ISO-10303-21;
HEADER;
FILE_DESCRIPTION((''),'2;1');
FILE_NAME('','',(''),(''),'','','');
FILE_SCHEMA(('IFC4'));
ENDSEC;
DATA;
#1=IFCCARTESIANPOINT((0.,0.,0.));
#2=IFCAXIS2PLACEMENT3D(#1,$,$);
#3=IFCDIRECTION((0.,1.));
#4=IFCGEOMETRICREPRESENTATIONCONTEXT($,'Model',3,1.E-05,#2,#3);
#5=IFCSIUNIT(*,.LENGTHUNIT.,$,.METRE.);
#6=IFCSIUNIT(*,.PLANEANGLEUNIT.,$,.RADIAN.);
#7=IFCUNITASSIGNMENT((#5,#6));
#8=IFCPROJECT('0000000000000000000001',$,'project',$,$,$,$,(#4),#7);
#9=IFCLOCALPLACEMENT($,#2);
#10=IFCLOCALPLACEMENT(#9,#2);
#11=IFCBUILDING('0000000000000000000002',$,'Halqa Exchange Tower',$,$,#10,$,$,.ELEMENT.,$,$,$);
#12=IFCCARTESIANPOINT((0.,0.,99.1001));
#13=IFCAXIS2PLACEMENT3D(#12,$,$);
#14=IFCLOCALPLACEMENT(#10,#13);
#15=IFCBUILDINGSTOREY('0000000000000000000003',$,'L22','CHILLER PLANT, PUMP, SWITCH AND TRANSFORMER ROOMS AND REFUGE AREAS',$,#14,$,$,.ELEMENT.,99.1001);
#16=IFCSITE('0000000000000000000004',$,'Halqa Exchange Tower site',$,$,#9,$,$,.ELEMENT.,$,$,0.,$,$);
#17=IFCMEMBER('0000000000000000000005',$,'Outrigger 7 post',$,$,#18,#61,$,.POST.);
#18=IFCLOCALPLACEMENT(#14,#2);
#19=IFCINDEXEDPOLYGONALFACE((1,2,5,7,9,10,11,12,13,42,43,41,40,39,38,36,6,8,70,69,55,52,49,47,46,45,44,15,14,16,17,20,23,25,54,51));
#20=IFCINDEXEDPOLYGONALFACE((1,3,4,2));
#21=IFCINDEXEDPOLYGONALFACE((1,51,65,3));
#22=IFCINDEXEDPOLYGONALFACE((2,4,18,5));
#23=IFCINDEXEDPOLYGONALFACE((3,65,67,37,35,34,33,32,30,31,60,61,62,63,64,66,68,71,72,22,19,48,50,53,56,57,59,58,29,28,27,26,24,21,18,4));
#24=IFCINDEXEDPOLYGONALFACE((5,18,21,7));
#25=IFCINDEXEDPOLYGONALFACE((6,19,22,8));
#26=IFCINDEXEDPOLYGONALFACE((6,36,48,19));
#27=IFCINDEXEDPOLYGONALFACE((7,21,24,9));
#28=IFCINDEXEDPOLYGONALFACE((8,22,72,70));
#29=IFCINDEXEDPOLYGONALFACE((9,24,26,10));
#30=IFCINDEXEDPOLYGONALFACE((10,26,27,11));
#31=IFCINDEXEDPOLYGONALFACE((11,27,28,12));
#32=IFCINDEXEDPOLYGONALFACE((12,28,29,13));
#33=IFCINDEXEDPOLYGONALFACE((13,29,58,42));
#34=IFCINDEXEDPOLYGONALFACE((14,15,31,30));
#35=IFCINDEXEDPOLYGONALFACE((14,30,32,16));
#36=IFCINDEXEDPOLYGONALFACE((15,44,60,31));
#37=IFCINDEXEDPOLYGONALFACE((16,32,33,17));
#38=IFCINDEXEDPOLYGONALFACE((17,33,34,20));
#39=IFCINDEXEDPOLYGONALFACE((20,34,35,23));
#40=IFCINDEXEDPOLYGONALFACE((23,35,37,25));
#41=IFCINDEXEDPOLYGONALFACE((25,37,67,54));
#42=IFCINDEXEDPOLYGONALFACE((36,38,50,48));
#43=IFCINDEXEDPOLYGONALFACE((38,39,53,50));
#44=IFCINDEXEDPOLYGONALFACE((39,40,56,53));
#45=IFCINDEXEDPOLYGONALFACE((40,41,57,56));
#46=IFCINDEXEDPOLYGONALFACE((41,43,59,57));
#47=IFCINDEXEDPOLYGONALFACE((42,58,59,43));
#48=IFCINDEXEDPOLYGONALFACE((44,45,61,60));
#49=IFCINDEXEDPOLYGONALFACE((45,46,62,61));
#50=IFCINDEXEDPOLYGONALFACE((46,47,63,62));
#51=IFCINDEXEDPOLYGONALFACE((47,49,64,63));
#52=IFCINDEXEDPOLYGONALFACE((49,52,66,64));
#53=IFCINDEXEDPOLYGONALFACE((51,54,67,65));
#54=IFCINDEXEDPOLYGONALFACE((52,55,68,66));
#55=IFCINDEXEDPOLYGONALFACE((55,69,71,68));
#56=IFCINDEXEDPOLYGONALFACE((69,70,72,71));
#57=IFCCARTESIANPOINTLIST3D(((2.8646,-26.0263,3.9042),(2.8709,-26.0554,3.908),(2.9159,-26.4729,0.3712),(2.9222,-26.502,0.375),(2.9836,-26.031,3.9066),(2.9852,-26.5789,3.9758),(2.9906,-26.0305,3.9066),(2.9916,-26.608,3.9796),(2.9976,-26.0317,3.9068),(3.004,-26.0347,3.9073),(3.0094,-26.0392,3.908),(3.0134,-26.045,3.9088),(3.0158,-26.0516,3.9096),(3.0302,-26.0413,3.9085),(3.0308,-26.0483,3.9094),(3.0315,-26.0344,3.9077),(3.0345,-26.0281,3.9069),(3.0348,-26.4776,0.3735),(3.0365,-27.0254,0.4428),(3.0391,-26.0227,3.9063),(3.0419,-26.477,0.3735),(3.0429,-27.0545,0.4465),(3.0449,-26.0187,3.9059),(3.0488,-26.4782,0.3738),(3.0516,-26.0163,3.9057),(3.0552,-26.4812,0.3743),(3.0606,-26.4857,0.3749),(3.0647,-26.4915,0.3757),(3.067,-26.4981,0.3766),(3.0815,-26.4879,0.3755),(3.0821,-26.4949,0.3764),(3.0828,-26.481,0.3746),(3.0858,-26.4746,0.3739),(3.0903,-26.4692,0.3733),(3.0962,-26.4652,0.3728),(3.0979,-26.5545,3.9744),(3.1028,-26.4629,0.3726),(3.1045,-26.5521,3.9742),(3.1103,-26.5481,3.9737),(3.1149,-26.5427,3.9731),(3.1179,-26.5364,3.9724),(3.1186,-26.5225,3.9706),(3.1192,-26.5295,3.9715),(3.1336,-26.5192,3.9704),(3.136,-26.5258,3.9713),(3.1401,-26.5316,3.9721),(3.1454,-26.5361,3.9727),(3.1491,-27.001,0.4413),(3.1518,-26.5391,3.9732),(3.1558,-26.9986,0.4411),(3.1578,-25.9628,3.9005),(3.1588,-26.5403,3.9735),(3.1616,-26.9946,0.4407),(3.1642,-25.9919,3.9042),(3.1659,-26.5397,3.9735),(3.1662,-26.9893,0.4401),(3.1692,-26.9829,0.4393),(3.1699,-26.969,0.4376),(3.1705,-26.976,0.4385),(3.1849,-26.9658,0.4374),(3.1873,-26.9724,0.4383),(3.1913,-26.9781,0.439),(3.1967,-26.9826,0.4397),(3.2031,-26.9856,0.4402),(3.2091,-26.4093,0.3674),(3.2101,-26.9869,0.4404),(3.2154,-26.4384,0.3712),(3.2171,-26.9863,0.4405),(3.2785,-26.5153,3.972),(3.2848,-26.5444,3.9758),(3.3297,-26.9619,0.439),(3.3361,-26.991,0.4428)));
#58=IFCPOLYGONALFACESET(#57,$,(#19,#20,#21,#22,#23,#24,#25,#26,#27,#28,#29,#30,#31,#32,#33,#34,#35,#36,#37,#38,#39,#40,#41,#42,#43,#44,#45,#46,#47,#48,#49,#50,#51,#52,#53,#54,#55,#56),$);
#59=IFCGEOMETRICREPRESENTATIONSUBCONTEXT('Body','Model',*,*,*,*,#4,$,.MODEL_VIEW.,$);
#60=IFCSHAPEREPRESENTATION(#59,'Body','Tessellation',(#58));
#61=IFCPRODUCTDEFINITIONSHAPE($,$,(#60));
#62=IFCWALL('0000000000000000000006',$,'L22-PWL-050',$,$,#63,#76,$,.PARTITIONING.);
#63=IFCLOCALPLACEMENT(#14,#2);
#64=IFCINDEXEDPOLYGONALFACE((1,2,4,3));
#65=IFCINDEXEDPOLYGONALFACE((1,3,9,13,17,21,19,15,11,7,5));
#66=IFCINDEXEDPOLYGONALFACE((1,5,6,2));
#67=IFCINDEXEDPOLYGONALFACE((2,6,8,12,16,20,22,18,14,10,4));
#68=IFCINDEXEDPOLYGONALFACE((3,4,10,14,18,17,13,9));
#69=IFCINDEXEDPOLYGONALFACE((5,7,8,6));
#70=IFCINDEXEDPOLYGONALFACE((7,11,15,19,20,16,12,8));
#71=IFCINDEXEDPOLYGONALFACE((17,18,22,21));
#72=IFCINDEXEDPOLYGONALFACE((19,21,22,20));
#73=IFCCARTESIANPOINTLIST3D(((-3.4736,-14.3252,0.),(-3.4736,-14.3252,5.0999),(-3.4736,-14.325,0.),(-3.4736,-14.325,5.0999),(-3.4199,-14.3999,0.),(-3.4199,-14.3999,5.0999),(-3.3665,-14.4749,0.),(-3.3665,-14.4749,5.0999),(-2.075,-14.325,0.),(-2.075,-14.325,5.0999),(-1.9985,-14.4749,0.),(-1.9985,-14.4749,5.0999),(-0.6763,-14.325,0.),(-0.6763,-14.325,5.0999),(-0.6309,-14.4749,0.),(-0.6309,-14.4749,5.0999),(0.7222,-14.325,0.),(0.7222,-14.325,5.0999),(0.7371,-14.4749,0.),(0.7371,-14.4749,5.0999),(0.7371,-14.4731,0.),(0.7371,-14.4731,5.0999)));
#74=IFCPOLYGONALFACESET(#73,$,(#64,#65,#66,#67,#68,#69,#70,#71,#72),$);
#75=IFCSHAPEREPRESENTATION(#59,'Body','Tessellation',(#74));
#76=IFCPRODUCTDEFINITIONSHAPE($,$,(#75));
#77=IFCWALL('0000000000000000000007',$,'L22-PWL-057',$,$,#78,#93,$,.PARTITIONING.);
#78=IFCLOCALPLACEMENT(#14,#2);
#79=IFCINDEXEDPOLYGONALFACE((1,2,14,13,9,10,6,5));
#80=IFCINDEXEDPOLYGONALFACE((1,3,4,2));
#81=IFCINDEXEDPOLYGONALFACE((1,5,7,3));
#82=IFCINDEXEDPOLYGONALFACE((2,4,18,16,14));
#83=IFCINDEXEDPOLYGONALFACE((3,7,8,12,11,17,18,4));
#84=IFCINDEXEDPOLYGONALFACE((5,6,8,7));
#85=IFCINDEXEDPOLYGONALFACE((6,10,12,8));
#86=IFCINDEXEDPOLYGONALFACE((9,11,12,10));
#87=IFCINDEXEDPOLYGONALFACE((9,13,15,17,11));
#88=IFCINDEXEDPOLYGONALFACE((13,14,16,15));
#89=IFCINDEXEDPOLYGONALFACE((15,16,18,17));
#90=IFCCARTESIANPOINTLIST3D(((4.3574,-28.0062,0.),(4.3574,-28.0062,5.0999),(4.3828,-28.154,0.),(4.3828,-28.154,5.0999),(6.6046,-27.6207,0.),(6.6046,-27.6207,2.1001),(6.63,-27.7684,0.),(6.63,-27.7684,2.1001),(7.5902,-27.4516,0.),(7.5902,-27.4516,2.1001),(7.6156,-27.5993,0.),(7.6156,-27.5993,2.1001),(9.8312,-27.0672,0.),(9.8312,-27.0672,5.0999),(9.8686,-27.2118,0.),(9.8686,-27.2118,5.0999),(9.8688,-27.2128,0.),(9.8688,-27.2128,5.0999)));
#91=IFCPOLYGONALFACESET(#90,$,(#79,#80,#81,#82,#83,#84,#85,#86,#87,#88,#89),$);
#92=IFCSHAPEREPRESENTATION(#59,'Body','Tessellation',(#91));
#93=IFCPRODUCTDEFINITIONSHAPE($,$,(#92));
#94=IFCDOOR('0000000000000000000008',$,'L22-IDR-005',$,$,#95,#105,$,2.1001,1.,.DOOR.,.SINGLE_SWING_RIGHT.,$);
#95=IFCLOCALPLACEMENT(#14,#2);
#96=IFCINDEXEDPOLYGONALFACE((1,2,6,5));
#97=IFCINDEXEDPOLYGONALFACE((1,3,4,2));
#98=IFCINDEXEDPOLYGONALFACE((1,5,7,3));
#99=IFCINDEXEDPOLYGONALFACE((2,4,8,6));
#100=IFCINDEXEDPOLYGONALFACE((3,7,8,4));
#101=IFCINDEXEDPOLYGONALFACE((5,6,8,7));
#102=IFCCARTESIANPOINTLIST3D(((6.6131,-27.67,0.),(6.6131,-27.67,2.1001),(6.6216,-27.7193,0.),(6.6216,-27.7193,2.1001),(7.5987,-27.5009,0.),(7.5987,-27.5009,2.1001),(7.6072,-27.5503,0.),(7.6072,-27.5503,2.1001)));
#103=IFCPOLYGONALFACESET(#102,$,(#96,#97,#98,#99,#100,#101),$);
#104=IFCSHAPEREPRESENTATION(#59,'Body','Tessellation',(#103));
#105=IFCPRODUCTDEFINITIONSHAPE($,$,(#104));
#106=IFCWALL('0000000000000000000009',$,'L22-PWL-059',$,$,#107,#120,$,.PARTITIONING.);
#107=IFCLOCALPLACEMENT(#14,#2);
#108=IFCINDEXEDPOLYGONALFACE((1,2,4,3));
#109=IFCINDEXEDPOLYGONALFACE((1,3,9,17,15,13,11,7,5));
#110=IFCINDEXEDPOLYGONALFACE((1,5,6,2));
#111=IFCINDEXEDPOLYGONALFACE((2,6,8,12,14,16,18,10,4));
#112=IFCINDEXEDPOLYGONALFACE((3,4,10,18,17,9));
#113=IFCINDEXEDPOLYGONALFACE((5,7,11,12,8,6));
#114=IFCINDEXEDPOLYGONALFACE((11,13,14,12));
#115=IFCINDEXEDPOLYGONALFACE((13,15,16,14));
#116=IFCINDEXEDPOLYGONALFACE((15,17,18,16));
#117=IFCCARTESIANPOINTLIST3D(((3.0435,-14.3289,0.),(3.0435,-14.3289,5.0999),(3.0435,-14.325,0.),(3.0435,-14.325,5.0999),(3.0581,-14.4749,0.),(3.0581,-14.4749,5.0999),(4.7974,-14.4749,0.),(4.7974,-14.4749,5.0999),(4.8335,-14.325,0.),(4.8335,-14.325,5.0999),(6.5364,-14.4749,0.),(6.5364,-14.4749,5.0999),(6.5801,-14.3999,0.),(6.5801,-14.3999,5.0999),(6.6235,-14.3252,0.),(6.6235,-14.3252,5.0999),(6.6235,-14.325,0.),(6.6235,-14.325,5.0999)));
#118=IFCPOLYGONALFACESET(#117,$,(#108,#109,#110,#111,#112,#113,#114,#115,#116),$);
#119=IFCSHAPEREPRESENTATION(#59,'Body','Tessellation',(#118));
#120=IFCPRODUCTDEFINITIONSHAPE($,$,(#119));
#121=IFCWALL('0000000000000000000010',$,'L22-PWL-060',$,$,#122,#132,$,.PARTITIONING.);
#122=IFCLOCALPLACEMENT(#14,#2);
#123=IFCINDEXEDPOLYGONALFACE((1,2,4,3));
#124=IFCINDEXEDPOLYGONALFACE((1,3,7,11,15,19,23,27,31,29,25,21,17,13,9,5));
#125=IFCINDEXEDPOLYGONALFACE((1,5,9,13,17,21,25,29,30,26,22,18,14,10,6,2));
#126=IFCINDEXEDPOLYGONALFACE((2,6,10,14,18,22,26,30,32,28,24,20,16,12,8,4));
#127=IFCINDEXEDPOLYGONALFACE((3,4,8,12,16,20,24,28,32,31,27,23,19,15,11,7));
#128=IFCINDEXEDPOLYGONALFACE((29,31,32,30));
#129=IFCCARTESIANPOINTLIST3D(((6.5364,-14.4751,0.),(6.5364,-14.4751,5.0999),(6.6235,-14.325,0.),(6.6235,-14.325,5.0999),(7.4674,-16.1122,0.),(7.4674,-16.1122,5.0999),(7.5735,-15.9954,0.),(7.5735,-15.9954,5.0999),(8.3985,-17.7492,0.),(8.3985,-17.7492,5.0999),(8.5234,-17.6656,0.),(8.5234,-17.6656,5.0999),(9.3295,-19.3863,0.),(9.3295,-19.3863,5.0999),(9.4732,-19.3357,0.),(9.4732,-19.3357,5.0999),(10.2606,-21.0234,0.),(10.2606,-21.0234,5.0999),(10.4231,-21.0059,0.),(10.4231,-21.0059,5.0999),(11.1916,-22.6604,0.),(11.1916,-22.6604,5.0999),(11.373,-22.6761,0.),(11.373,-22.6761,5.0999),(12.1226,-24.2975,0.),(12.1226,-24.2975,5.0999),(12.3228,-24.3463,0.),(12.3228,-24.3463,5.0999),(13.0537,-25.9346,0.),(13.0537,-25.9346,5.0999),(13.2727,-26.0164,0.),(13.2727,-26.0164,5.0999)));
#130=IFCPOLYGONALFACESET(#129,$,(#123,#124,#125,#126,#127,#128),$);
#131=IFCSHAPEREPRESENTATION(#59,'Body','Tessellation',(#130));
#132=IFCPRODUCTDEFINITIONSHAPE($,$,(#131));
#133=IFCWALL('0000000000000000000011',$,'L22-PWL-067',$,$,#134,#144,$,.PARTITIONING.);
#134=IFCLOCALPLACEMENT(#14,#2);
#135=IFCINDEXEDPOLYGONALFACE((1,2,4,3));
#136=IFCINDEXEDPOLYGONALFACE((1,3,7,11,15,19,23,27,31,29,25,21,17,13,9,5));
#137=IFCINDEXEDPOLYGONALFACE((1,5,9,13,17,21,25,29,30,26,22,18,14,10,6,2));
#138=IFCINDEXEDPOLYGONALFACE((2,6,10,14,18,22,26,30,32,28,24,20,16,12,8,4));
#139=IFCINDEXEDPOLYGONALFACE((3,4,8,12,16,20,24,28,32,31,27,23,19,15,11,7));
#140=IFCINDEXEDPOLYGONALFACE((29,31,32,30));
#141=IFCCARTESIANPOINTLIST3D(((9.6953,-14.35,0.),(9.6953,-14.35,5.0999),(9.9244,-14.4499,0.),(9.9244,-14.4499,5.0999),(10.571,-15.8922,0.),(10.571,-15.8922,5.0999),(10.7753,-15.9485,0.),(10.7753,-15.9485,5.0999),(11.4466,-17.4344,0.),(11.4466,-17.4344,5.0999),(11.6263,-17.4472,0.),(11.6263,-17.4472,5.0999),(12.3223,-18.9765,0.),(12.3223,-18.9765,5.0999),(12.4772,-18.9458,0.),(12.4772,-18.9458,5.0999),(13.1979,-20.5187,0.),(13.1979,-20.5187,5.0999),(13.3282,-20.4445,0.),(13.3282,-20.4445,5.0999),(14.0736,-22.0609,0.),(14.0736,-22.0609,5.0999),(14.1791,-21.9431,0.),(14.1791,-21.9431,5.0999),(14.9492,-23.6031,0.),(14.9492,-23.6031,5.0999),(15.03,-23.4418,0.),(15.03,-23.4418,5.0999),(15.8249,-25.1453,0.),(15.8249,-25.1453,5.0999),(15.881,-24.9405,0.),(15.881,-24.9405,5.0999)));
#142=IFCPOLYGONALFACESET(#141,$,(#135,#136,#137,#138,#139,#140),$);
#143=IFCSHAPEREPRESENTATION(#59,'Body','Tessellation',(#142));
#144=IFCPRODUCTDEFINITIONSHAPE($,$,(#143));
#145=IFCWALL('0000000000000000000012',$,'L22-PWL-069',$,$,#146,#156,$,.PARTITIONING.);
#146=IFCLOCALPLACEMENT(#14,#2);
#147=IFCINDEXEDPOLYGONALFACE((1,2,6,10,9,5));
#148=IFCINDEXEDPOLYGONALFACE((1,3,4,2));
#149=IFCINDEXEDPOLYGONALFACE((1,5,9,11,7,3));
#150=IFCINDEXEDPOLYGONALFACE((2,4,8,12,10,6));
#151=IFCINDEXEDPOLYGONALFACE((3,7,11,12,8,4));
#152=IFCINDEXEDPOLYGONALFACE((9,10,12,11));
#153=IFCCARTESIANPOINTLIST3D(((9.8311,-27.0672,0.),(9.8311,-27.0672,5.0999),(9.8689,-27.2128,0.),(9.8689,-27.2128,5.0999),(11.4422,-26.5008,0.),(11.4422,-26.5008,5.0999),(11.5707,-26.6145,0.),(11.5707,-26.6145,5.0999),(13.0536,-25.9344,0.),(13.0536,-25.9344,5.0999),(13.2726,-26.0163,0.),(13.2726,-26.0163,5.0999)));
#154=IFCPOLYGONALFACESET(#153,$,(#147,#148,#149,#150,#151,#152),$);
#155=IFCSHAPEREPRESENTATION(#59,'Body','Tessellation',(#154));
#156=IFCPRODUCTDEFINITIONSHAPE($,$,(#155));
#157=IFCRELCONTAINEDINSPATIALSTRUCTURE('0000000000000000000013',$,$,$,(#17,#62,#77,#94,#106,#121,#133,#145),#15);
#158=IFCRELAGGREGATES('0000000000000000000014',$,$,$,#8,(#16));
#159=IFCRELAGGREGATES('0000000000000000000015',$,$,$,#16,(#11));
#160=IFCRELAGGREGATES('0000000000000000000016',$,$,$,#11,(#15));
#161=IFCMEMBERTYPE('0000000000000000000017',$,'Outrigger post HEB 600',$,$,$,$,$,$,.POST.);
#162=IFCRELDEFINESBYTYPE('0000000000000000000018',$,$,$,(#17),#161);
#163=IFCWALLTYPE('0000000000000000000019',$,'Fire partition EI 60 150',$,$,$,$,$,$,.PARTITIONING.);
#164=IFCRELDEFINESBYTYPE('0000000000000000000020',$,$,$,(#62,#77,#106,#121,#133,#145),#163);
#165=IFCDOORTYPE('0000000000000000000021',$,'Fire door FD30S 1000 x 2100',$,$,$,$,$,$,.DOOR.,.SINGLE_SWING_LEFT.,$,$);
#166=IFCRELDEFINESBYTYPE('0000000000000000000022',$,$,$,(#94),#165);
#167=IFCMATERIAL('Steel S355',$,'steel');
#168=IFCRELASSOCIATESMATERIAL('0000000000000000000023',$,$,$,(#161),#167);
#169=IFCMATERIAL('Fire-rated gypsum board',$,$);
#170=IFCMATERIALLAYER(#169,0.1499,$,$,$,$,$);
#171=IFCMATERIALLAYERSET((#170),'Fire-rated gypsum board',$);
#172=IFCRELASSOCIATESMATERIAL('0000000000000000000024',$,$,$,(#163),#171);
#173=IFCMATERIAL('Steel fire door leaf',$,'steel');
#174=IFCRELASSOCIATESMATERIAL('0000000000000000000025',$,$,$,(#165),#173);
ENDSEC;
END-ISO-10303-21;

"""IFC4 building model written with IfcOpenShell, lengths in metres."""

from ifc_helpers import new_model, si_unit, direction, frame, frame_2d, origin, origin_2d, place, context, subcontext, project, spatial, polyline, rectangle, i_section, outline, extrude, material, layer, layer_set, material_profile, profile_set, type_object, element, fill, save


model = new_model("IFC4")

# Units and contexts
model_context = context("Model", 3, precision=1e-05, world=origin(), true_north=direction((0.0, 1.0)))
body_context = subcontext(model_context, "Body", "Model", "MODEL_VIEW")
ifc_project = project(units=[si_unit("LENGTHUNIT", "METRE"), si_unit("PLANEANGLEUNIT", "RADIAN")], contexts=[model_context])

# Site, building, storey
site_placement = place(None, origin())
site = spatial("IfcSite", under=ifc_project, at=site_placement, Name="Halqa Exchange Tower site", CompositionType="ELEMENT", RefElevation=0.0)
building_placement = place(site_placement, origin())
building = spatial("IfcBuilding", under=site, at=building_placement, Name="Halqa Exchange Tower", CompositionType="ELEMENT")
storey_placement = place(building_placement, frame((0.0, 0.0, 99.1001)))
storey = spatial("IfcBuildingStorey", under=building, at=storey_placement, Name="L22", Description="CHILLER PLANT, PUMP, SWITCH AND TRANSFORMER ROOMS AND REFUGE AREAS", CompositionType="ELEMENT", Elevation=99.1001)

# Member
ifc_material_1 = material(Name="Steel S355", Category="steel")
ifc_material_profile_1 = material_profile(ifc_material_1, i_section(OverallWidth=0.3, OverallDepth=0.6001, WebThickness=0.0154, FlangeThickness=0.03, FilletRadius=0.0271, at=origin_2d()), Name="HEB 600")
ifc_profile_set_1 = profile_set([ifc_material_profile_1], Name="Steel S355")
member_type_1 = type_object("IfcMemberType", Name="Outrigger post HEB 600", PredefinedType="POST", material=ifc_profile_set_1)
member_1_placement = place(storey_placement, frame((3.126, -26.7319, 0.407), z_axis=(-0.014396, 0.12538, 0.992004), x_axis=(-0.977237, -0.211775, 0.012585)))
element("IfcMember", 1, at=member_1_placement, inside=storey, type_object=member_type_1, Name="Outrigger 7 post", PredefinedType="POST", context=body_context, shape_type="SweptSolid", body=[
    extrude(i_section(OverallWidth=0.3, OverallDepth=0.6001, WebThickness=0.0154, FlangeThickness=0.03, FilletRadius=0.0271, at=origin_2d()), origin(), (0.0, 0.0, 1.0), 3.5615),
])

# Wall
ifc_material_2 = material(Name="Fire-rated gypsum board")
ifc_layer_1 = layer(ifc_material_2, 0.1499)
ifc_layer_set_1 = layer_set([ifc_layer_1], Name="Fire-rated gypsum board")
wall_type_1 = type_object("IfcWallType", Name="Fire partition EI 60 150", PredefinedType="PARTITIONING", material=ifc_layer_set_1)
wall_1_placement = place(storey_placement, frame((0.7371, -14.3999, 0.0), z_axis=(0.0, 0.0, 1.0), x_axis=(-1.0, 0.0, 0.0)))
element("IfcWall", 2, at=wall_1_placement, inside=storey, type_object=wall_type_1, Name="L22-PWL-050", PredefinedType="PARTITIONING", context=body_context, shape_type="SweptSolid", body=[
    extrude(outline(polyline([(4.2107, -0.075), (4.2107, -0.0747), (4.157, 0.0), (4.1035, 0.075), (2.7356, 0.075), (1.3679, 0.075), (0.0, 0.075), (0.0, 0.0732), (0.0149, -0.075), (1.4133, -0.075), (2.812, -0.075), (4.2107, -0.075)])), origin(), (0.0, 0.0, 1.0), 5.0999),
])

# Wall, opening, door
wall_2_placement = place(storey_placement, frame((4.3701, -28.0801, 0.0), z_axis=(0.0, 0.0, 1.0), x_axis=(0.985602, 0.169084, 0.0)))
wall_2 = element("IfcWall", 3, at=wall_2_placement, inside=storey, type_object=wall_type_1, Name="L22-PWL-057", PredefinedType="PARTITIONING", context=body_context, shape_type="SweptSolid", body=[
    extrude(outline(polyline([(5.5662, -0.075), (5.5662, -0.074), (5.5537, 0.075), (3.7024, 0.075), (1.8513, 0.075), (0.0, 0.075), (0.0, -0.075), (1.8555, -0.075), (3.7107, -0.075), (5.5662, -0.075)])), origin(), (0.0, 0.0, 1.0), 5.0999),
])
opening_placement = place(wall_2_placement, frame((2.28, 0.0, 0.0)))
opening = element("IfcOpeningElement", 4, at=opening_placement, cuts=wall_2, PredefinedType="OPENING", context=body_context, shape_type="SweptSolid", body=[
    extrude(rectangle(XDim=1.0, YDim=2.1001, at=frame_2d((0.5, 1.05))), frame((0.0, 0.0869, 0.0), z_axis=(0.0, -1.0, 0.0), x_axis=(1.0, 0.0, 0.0)), (0.0, 0.0, 1.0), 0.1738),
])
ifc_material_3 = material(Name="Steel fire door leaf", Category="steel")
door_type = type_object("IfcDoorType", Name="Fire door FD30S 1000 x 2100", OperationType="SINGLE_SWING_LEFT", PredefinedType="DOOR", material=ifc_material_3)
door_placement = place(opening_placement, origin())
door = element("IfcDoor", 5, at=door_placement, inside=storey, type_object=door_type, Name="L22-IDR-005", OperationType="SINGLE_SWING_RIGHT", OverallHeight=2.1001, OverallWidth=1.0, PredefinedType="DOOR", context=body_context, shape_type="SweptSolid", body=[
    extrude(rectangle(XDim=1.0, YDim=2.1001, at=frame_2d((0.5, 1.05))), frame((0.0, 0.0249, 0.0), z_axis=(0.0, -1.0, 0.0), x_axis=(1.0, 0.0, 0.0)), (0.0, 0.0, 1.0), 0.05),
])
fill(opening, door)

# Walls
wall_3_placement = place(storey_placement, frame((6.6235, -14.3999, 0.0), z_axis=(0.0, 0.0, 1.0), x_axis=(-1.0, 0.0, 0.0)))
element("IfcWall", 6, at=wall_3_placement, inside=storey, type_object=wall_type_1, Name="L22-PWL-059", PredefinedType="PARTITIONING", context=body_context, shape_type="SweptSolid", body=[
    extrude(outline(polyline([(3.5801, -0.075), (3.5801, -0.071), (3.5654, 0.075), (1.8262, 0.075), (0.0872, 0.075), (0.0435, 0.0), (0.0, -0.0747), (0.0, -0.075), (1.79, -0.075), (3.5801, -0.075)])), origin(), (0.0, 0.0, 1.0), 5.0999),
])
wall_4_placement = place(storey_placement, frame((6.5583, -14.3621, 0.0), z_axis=(0.0, 0.0, 1.0), x_axis=(0.494365, -0.869254, 0.0)))
element("IfcWall", 7, at=wall_4_placement, inside=storey, type_object=wall_type_1, Name="L22-PWL-060", PredefinedType="PARTITIONING", context=body_context, shape_type="SweptSolid", body=[
    extrude(outline(polyline([(0.0874, -0.075), (1.9707, -0.075), (3.854, -0.075), (5.7373, -0.075), (7.6206, -0.075), (9.5039, -0.075), (11.3872, -0.075), (13.2705, -0.075), (13.45, 0.075), (11.5286, 0.075), (9.6072, 0.075), (7.6858, 0.075), (5.7644, 0.075), (3.843, 0.075), (1.9216, 0.075), (0.0, 0.075), (0.0874, -0.075)])), origin(), (0.0, 0.0, 1.0), 5.0999),
])
wall_5_placement = place(storey_placement, frame((9.7605, -14.313, 0.0), z_axis=(0.0, 0.0, 1.0), x_axis=(0.493759, -0.869599, 0.0)))
element("IfcWall", 8, at=wall_5_placement, inside=storey, type_object=wall_type_1, Name="L22-PWL-067", PredefinedType="PARTITIONING", context=body_context, shape_type="SweptSolid", body=[
    extrude(outline(polyline([(0.0, -0.075), (1.7734, -0.075), (3.5469, -0.075), (5.3203, -0.075), (7.0938, -0.075), (8.8672, -0.075), (10.6406, -0.075), (12.4141, -0.075), (12.2637, 0.075), (10.5403, 0.075), (8.8169, 0.075), (7.0935, 0.075), (5.3701, 0.075), (3.6467, 0.075), (1.9233, 0.075), (0.2, 0.075), (0.0, -0.075), (0.0, -0.075)])), origin(), (0.0, 0.0, 1.0), 5.0999),
])
wall_6_placement = place(storey_placement, frame((9.844, -27.1421, 0.0), z_axis=(0.0, 0.0, 1.0), x_axis=(0.943408, 0.331634, 0.0)))
element("IfcWall", 9, at=wall_6_placement, inside=storey, type_object=wall_type_1, Name="L22-PWL-069", PredefinedType="PARTITIONING", context=body_context, shape_type="SweptSolid", body=[
    extrude(outline(polyline([(0.0, -0.075), (1.804, -0.075), (3.6079, -0.075), (3.4285, 0.075), (1.7205, 0.075), (0.0127, 0.075), (0.0, -0.075)])), origin(), (0.0, 0.0, 1.0), 5.0999),
])

save(model, "model.ifc")
